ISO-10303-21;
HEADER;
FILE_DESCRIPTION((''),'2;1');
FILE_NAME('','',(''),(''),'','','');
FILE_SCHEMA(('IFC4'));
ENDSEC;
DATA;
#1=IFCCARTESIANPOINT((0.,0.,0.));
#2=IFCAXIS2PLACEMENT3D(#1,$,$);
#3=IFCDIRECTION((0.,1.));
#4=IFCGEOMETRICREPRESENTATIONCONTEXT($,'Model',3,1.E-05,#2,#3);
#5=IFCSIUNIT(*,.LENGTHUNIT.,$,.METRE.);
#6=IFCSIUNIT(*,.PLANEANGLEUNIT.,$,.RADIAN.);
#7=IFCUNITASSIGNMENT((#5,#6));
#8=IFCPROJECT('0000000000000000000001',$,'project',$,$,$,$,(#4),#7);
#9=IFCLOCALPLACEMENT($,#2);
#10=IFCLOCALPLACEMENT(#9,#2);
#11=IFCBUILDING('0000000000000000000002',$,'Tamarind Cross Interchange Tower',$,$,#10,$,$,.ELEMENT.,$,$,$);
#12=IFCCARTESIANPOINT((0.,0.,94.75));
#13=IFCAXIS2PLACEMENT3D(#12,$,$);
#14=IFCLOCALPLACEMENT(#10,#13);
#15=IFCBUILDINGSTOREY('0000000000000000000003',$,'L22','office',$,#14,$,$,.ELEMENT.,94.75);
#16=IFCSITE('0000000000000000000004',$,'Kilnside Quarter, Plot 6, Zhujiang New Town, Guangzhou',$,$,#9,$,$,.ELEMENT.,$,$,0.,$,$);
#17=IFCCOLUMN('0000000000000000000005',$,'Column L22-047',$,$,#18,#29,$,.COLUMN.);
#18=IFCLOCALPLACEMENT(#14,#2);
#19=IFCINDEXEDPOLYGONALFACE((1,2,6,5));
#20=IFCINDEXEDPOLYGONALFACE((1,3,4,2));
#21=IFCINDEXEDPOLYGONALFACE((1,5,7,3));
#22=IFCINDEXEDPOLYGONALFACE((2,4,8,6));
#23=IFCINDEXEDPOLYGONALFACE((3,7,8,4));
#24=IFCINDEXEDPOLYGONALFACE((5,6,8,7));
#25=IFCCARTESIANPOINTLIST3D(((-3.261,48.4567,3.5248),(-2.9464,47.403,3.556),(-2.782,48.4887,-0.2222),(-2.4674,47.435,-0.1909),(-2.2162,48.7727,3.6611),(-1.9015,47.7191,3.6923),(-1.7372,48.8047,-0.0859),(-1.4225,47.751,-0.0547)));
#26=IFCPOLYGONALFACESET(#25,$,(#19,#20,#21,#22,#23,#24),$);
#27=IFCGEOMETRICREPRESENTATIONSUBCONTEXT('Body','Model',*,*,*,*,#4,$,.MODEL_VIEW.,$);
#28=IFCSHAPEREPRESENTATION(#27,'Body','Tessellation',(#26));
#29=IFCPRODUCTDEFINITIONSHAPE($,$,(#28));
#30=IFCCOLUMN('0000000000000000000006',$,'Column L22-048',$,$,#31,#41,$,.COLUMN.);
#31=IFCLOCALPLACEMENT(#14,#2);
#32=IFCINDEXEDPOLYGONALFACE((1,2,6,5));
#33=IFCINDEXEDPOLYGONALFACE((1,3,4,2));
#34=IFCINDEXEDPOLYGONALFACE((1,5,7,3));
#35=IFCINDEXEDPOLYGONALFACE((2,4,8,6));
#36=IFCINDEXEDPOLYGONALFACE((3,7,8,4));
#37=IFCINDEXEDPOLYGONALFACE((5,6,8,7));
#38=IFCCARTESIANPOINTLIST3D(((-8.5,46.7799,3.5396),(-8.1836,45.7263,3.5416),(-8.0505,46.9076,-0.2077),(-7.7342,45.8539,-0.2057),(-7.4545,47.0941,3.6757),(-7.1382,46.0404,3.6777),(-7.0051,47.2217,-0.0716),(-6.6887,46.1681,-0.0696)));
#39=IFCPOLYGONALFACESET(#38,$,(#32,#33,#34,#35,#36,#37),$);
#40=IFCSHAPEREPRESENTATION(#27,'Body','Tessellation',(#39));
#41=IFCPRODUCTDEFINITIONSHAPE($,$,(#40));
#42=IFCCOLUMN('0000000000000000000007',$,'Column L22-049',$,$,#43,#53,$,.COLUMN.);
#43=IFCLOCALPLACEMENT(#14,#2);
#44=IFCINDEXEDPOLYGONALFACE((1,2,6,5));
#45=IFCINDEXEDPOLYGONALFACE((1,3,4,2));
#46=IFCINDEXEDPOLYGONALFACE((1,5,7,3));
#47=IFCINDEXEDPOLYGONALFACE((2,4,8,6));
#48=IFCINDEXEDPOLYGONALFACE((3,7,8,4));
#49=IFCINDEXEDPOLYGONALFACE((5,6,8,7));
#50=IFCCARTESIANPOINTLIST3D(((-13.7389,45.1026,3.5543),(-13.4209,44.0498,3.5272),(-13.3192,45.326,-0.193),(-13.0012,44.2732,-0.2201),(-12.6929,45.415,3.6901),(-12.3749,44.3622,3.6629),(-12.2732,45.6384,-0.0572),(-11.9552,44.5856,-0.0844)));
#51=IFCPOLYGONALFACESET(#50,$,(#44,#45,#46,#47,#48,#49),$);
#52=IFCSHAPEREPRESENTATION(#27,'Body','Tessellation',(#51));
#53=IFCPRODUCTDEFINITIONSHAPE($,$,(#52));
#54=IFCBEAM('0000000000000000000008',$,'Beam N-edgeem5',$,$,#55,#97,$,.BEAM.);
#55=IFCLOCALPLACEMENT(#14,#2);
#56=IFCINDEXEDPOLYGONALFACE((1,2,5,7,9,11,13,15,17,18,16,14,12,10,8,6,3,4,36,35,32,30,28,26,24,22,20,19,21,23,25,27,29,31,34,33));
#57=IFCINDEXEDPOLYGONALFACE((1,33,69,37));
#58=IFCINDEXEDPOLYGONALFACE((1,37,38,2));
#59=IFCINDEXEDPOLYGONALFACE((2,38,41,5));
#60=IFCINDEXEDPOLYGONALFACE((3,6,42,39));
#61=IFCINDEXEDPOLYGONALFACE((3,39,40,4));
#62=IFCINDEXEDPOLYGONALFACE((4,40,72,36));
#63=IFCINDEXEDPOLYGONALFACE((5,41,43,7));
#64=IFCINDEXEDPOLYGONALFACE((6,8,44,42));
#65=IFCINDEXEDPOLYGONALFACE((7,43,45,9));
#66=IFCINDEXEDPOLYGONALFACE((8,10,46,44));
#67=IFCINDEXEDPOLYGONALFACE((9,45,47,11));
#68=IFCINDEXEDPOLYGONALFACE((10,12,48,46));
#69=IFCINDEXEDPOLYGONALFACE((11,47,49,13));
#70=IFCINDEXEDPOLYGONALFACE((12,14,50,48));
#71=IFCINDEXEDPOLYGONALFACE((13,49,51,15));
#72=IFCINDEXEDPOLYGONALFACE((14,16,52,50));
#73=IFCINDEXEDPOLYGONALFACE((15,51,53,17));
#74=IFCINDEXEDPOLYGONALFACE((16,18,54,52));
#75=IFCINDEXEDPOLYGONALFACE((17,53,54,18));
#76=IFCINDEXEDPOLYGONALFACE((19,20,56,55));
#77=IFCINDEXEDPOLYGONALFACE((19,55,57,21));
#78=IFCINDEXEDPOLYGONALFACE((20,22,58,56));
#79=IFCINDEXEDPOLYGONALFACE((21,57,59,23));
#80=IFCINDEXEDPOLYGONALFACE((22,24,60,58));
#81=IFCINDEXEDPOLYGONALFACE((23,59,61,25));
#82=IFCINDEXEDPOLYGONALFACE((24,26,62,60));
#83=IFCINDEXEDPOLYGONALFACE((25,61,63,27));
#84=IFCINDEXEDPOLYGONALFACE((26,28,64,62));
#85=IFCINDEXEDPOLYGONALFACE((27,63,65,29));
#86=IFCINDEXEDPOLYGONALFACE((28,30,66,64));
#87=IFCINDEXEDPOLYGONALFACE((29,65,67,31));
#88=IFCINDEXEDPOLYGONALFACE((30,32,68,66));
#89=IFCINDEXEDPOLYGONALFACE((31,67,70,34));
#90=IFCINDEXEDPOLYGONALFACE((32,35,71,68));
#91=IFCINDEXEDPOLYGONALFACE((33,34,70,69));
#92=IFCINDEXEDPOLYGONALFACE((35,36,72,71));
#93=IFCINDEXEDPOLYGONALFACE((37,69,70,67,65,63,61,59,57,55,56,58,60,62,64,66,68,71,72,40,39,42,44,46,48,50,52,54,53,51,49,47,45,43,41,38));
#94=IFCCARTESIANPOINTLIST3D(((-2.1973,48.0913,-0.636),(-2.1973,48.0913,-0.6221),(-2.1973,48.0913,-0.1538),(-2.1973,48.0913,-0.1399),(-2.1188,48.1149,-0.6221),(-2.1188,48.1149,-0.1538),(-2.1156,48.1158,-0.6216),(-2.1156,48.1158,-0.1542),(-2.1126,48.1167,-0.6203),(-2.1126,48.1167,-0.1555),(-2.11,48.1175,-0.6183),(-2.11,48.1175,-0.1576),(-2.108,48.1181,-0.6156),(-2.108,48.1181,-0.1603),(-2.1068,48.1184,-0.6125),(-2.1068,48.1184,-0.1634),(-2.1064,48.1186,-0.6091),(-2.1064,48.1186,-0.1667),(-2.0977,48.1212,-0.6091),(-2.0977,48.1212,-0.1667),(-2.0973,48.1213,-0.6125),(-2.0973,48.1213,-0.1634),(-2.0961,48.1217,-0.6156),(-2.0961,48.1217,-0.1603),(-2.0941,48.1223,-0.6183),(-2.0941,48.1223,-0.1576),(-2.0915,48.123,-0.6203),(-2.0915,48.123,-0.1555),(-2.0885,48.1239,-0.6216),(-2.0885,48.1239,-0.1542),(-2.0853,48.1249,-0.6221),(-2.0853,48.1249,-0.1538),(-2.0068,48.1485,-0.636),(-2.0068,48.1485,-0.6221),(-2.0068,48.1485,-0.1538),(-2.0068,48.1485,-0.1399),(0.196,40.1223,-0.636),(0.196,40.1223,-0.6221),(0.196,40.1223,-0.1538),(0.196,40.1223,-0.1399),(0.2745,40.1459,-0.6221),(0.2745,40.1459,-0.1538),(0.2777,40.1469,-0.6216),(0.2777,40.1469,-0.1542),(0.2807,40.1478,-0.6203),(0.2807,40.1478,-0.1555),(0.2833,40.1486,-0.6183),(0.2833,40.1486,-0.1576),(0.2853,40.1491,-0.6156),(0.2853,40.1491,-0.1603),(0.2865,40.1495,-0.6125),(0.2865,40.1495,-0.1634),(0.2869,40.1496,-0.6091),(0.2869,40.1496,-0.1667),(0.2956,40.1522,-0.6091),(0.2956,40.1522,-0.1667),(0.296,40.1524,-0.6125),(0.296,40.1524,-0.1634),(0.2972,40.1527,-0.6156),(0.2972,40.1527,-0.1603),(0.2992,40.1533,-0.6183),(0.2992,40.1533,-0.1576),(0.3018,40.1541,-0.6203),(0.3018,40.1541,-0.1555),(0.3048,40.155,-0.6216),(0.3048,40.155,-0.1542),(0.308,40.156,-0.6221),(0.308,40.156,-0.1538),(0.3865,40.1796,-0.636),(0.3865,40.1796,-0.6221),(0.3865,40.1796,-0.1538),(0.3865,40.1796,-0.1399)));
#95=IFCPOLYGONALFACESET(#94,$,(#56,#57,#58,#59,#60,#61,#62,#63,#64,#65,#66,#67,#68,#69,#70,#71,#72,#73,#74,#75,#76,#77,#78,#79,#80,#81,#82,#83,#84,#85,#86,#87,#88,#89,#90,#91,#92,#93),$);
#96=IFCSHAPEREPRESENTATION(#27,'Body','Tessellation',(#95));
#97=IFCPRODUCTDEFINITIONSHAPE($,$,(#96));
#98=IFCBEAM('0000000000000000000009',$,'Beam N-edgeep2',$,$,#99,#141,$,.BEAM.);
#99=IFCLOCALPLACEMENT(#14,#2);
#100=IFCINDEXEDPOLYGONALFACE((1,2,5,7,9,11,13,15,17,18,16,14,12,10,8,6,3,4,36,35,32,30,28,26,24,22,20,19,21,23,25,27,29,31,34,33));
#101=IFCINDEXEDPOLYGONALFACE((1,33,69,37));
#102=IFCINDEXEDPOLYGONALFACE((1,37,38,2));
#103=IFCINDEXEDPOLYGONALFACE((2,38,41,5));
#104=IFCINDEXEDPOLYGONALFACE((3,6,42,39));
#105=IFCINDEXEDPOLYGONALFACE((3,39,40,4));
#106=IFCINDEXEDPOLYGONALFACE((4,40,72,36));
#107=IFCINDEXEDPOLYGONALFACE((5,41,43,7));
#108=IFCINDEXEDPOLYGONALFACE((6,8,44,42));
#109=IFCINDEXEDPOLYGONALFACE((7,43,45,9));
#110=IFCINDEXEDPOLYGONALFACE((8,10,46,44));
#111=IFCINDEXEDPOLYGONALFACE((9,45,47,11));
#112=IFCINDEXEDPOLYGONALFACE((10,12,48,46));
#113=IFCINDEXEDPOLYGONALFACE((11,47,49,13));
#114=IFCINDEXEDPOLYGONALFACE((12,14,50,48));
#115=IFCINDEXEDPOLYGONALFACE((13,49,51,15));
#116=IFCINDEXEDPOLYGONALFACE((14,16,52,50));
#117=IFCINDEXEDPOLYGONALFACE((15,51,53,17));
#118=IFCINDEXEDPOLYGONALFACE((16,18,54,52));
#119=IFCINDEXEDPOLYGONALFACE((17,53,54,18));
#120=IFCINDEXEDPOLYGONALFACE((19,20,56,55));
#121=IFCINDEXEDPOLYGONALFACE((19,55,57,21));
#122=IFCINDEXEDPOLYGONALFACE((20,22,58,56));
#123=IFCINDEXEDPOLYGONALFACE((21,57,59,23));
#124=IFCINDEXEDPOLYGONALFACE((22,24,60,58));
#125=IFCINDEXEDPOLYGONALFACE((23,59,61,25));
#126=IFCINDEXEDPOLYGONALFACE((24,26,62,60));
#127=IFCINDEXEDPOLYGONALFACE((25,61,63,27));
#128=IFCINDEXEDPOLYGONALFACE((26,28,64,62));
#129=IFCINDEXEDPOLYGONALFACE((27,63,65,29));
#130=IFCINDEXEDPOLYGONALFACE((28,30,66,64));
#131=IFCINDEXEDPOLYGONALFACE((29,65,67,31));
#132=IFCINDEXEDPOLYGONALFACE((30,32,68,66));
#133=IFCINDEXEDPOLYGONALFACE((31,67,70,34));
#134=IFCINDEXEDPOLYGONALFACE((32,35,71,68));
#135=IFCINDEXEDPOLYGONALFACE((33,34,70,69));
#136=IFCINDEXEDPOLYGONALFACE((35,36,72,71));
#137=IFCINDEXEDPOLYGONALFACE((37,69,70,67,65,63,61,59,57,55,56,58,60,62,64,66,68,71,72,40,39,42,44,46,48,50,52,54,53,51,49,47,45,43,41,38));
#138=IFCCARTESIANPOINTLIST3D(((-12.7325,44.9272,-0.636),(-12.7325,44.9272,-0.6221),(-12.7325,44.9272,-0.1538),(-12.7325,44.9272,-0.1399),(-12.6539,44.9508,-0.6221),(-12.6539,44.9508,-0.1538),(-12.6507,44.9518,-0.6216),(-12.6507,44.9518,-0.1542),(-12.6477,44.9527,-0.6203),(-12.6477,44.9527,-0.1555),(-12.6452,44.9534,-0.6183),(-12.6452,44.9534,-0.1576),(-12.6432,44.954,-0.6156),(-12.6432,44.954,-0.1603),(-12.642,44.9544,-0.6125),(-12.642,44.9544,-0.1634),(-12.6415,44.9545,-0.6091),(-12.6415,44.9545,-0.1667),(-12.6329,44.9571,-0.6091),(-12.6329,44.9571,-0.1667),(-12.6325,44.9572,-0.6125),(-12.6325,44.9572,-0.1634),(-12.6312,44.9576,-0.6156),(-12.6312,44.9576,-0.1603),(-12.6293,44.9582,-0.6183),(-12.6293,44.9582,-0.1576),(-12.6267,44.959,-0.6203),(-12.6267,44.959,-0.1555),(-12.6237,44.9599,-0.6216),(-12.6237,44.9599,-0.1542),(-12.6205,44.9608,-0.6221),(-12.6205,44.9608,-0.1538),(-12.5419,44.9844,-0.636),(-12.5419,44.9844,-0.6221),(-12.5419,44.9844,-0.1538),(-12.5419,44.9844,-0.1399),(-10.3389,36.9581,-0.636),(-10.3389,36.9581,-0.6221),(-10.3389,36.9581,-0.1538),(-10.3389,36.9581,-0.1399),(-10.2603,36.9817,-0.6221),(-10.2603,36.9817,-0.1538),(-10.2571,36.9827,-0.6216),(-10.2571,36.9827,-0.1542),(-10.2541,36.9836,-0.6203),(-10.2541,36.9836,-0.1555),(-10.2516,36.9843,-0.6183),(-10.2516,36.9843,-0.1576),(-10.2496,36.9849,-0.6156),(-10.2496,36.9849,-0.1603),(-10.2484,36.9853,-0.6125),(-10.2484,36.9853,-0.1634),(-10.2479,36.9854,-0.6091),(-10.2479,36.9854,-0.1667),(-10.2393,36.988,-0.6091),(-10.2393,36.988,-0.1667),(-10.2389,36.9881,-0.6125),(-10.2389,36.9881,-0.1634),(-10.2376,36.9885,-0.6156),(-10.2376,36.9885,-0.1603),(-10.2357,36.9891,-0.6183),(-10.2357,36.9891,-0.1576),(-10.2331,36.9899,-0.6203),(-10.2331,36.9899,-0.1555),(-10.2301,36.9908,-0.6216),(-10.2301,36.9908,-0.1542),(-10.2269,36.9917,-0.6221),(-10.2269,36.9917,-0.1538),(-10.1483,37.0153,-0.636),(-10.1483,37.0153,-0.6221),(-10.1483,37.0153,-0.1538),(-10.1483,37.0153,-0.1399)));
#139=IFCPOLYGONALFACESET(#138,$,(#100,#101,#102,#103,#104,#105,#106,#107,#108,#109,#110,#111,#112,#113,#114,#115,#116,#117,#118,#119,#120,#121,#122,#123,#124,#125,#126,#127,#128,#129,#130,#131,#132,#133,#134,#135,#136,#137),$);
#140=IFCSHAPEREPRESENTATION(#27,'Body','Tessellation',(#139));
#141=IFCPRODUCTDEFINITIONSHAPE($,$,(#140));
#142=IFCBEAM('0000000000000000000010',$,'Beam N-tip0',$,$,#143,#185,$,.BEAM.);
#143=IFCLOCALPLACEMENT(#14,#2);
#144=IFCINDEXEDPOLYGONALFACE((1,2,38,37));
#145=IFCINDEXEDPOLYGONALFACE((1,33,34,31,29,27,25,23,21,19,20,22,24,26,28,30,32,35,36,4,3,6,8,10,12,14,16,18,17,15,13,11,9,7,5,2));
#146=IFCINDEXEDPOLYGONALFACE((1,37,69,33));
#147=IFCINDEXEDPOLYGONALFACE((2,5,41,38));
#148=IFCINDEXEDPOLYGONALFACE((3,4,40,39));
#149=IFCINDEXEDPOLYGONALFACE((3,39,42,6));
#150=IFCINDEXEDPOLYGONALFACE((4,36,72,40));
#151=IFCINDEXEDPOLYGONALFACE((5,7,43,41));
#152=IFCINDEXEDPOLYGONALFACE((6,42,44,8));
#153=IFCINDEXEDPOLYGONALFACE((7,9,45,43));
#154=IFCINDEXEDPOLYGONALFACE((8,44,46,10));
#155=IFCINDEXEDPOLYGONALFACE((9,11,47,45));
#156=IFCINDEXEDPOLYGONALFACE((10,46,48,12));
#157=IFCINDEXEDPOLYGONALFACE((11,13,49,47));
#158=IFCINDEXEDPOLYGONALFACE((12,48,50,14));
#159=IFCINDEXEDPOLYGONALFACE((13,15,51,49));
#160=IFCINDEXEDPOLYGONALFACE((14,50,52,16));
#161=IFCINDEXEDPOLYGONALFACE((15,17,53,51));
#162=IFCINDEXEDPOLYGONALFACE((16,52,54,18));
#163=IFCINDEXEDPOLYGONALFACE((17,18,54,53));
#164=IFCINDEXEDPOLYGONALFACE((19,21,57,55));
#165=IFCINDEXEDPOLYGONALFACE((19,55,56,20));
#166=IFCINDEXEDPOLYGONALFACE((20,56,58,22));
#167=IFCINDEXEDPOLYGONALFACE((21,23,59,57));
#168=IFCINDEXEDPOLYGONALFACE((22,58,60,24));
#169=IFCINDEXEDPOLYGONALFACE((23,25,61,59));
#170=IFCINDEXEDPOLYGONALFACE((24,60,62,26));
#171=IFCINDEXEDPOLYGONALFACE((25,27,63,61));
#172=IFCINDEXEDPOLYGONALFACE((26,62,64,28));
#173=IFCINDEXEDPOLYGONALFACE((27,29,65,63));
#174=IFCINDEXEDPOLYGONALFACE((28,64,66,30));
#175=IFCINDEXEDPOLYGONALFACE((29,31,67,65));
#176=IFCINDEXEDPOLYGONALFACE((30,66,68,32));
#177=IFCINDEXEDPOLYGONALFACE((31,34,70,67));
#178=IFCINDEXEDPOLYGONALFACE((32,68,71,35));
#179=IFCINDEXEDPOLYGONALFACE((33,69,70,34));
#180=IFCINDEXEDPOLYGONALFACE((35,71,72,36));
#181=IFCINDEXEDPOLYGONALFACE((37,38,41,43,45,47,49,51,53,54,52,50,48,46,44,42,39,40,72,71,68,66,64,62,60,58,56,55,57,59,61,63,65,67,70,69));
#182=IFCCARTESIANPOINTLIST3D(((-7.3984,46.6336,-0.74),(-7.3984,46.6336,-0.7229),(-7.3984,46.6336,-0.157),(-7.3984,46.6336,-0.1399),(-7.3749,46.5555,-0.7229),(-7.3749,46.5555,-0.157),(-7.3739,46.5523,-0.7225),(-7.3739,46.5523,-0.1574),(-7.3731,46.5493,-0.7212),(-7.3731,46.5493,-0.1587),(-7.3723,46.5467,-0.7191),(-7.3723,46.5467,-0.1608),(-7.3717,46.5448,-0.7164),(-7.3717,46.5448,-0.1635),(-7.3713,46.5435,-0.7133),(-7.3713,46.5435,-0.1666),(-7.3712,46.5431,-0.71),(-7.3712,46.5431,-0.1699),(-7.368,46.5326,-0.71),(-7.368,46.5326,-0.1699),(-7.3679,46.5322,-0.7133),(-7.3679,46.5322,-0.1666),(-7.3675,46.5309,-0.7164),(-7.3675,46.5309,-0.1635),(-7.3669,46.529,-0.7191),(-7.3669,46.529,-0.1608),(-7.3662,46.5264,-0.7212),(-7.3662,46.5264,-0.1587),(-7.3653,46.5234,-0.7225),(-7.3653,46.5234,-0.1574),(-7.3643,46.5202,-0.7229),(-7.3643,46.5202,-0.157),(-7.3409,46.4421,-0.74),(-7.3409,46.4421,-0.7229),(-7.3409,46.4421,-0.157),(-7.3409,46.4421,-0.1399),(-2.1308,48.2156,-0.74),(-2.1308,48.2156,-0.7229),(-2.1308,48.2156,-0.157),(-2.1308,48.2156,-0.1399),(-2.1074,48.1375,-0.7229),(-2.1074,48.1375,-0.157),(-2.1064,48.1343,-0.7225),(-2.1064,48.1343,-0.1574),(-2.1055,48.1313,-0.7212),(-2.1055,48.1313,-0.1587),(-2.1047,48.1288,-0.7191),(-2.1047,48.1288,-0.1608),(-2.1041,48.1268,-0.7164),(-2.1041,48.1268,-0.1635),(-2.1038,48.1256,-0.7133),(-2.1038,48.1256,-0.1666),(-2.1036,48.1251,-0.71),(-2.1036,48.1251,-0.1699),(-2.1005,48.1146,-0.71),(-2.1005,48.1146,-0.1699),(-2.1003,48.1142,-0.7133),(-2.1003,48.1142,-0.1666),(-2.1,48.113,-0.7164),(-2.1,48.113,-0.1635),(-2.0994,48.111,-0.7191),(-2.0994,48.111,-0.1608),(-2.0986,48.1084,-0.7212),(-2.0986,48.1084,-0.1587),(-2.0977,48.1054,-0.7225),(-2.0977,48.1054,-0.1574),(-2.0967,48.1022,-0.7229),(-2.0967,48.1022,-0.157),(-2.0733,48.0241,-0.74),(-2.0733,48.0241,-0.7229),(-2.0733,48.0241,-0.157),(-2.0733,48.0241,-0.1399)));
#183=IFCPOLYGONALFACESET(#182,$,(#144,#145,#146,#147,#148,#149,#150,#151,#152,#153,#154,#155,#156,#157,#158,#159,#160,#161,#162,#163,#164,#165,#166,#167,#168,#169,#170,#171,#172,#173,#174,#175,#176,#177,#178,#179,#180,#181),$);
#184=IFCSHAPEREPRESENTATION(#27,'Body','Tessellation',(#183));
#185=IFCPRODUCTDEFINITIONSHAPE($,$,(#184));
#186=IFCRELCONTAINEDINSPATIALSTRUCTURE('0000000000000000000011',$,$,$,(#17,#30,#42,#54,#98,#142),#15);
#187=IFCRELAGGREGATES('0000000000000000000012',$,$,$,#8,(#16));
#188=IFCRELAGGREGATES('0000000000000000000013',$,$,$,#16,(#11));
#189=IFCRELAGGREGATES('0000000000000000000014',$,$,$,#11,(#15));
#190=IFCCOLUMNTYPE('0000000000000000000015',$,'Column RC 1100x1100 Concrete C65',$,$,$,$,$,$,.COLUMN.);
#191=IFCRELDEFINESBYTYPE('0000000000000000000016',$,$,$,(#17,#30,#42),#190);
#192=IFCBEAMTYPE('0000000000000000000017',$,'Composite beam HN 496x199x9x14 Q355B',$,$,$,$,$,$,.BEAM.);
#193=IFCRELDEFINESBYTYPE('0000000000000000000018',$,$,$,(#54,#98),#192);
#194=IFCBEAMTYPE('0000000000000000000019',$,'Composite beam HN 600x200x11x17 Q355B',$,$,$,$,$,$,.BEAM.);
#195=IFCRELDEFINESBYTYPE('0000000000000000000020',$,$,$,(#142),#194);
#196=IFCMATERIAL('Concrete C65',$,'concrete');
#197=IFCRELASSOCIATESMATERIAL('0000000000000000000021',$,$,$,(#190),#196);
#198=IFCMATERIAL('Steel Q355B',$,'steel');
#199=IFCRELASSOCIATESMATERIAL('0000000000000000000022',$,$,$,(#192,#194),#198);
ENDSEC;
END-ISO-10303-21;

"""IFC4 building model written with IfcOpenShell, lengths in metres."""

from ifc_helpers import new_model, si_unit, direction, frame, origin, origin_2d, place, context, subcontext, project, spatial, rectangle, i_section, extrude, material, material_profile, profile_set, type_object, element, save


model = new_model("IFC4")

# Units and contexts
model_context = context("Model", 3, precision=1e-05, world=origin(), true_north=direction((0.0, 1.0)))
body_context = subcontext(model_context, "Body", "Model", "MODEL_VIEW")
ifc_project = project(units=[si_unit("LENGTHUNIT", "METRE"), si_unit("PLANEANGLEUNIT", "RADIAN")], contexts=[model_context])

# Site, building, storey
site_placement = place(None, origin())
site = spatial("IfcSite", under=ifc_project, at=site_placement, Name="Kilnside Quarter, Plot 6, Zhujiang New Town, Guangzhou", CompositionType="ELEMENT", RefElevation=0.0)
building_placement = place(site_placement, origin())
building = spatial("IfcBuilding", under=site, at=building_placement, Name="Tamarind Cross Interchange Tower", CompositionType="ELEMENT")
storey_placement = place(building_placement, frame((0.0, 0.0, 94.75)))
storey = spatial("IfcBuildingStorey", under=building, at=storey_placement, Name="L22", Description="office", CompositionType="ELEMENT", Elevation=94.75)

# Columns
ifc_material_1 = material(Name="Concrete C65", Category="concrete")
ifc_material_profile_1 = material_profile(ifc_material_1, rectangle(XDim=1.1001, YDim=1.1001, at=origin_2d()), Name="RC 1100x1100")
ifc_profile_set_1 = profile_set([ifc_material_profile_1], Name="Concrete C65")
column_type = type_object("IfcColumnType", Name="Column RC 1100x1100 Concrete C65", PredefinedType="COLUMN", material=ifc_profile_set_1)
column_1_placement = place(storey_placement, frame((-2.1023, 48.1199, -0.1384), z_axis=(-0.126798, -0.008466, 0.991892), x_axis=(0.285992, -0.957811, 0.028384)))
element("IfcColumn", 1, at=column_1_placement, inside=storey, type_object=column_type, Name="Column L22-047", PredefinedType="COLUMN", context=body_context, shape_type="SweptSolid", body=[
    extrude(rectangle(XDim=1.1001, YDim=1.1001, at=origin_2d()), origin(), (0.0, 0.0, 1.0), 3.7776),
])
column_2_placement = place(storey_placement, frame((-7.3696, 46.5378, -0.1387), z_axis=(-0.119021, -0.033812, 0.992316), x_axis=(0.287576, -0.957756, 0.001858)))
element("IfcColumn", 2, at=column_2_placement, inside=storey, type_object=column_type, Name="Column L22-048", PredefinedType="COLUMN", context=body_context, shape_type="SweptSolid", body=[
    extrude(rectangle(XDim=1.1001, YDim=1.1001, at=origin_2d()), origin(), (0.0, 0.0, 1.0), 3.7764),
])
column_3_placement = place(storey_placement, frame((-12.6372, 44.9558, -0.1387), z_axis=(-0.111104, -0.059139, 0.992048), x_axis=(0.950845, 0.284009, 0.12342)))
element("IfcColumn", 3, at=column_3_placement, inside=storey, type_object=column_type, Name="Column L22-049", PredefinedType="COLUMN", context=body_context, shape_type="SweptSolid", body=[
    extrude(rectangle(XDim=1.1001, YDim=1.1001, at=origin_2d()), origin(), (0.0, 0.0, 1.0), 3.7773),
])

# Beams
ifc_material_2 = material(Name="Steel Q355B", Category="steel")
ifc_material_profile_2 = material_profile(ifc_material_2, i_section(OverallWidth=0.199, OverallDepth=0.4961, WebThickness=0.009, FlangeThickness=0.0139, FilletRadius=0.0129, at=origin_2d()), Name="HN 496x199x9x14")
ifc_profile_set_2 = profile_set([ifc_material_profile_2], Name="Steel Q355B")
beam_type_1 = type_object("IfcBeamType", Name="Composite beam HN 496x199x9x14 Q355B", PredefinedType="BEAM", material=ifc_profile_set_2)
beam_1_placement = place(storey_placement, frame((-2.1021, 48.1199, -0.3879), z_axis=(0.287636, -0.95774, 0.0), x_axis=(0.95774, 0.287636, 0.0)))
element("IfcBeam", 4, at=beam_1_placement, inside=storey, type_object=beam_type_1, Name="Beam N-edgeem5", PredefinedType="BEAM", context=body_context, shape_type="SweptSolid", body=[
    extrude(i_section(OverallWidth=0.199, OverallDepth=0.4961, WebThickness=0.009, FlangeThickness=0.0139, FilletRadius=0.0129, at=origin_2d()), origin(), (0.0, 0.0, 1.0), 8.3206),
])
beam_2_placement = place(storey_placement, frame((-12.6372, 44.9558, -0.3879), z_axis=(0.287663, -0.957732, 0.0), x_axis=(0.957732, 0.287663, 0.0)))
element("IfcBeam", 5, at=beam_2_placement, inside=storey, type_object=beam_type_1, Name="Beam N-edgeep2", PredefinedType="BEAM", context=body_context, shape_type="SweptSolid", body=[
    extrude(i_section(OverallWidth=0.199, OverallDepth=0.4961, WebThickness=0.009, FlangeThickness=0.0139, FilletRadius=0.0129, at=origin_2d()), origin(), (0.0, 0.0, 1.0), 8.3208),
])
ifc_material_profile_3 = material_profile(ifc_material_2, i_section(OverallWidth=0.2, OverallDepth=0.6001, WebThickness=0.011, FlangeThickness=0.0171, FilletRadius=0.0129, at=origin_2d()), Name="HN 600x200x11x17")
ifc_profile_set_3 = profile_set([ifc_material_profile_3], Name="Steel Q355B")
beam_type_2 = type_object("IfcBeamType", Name="Composite beam HN 600x200x11x17 Q355B", PredefinedType="BEAM", material=ifc_profile_set_3)
for number, where, z_axis, x_axis, name in (
    (6, (-2.1021, 48.1199, -0.4399), (-0.957738, -0.287641, 0.0), (0.287641, -0.957738, 0.0), "Beam N-tip0"),
):
    element("IfcBeam", number, at=place(storey_placement, frame(where, z_axis=z_axis, x_axis=x_axis)), inside=storey, type_object=beam_type_2, Name=name, PredefinedType="BEAM", context=body_context, shape_type="SweptSolid", body=[
        extrude(i_section(OverallWidth=0.2, OverallDepth=0.6001, WebThickness=0.011, FlangeThickness=0.0171, FilletRadius=0.0129, at=origin_2d()), origin(), (0.0, 0.0, 1.0), 5.5),
    ])

save(model, "model.ifc")
